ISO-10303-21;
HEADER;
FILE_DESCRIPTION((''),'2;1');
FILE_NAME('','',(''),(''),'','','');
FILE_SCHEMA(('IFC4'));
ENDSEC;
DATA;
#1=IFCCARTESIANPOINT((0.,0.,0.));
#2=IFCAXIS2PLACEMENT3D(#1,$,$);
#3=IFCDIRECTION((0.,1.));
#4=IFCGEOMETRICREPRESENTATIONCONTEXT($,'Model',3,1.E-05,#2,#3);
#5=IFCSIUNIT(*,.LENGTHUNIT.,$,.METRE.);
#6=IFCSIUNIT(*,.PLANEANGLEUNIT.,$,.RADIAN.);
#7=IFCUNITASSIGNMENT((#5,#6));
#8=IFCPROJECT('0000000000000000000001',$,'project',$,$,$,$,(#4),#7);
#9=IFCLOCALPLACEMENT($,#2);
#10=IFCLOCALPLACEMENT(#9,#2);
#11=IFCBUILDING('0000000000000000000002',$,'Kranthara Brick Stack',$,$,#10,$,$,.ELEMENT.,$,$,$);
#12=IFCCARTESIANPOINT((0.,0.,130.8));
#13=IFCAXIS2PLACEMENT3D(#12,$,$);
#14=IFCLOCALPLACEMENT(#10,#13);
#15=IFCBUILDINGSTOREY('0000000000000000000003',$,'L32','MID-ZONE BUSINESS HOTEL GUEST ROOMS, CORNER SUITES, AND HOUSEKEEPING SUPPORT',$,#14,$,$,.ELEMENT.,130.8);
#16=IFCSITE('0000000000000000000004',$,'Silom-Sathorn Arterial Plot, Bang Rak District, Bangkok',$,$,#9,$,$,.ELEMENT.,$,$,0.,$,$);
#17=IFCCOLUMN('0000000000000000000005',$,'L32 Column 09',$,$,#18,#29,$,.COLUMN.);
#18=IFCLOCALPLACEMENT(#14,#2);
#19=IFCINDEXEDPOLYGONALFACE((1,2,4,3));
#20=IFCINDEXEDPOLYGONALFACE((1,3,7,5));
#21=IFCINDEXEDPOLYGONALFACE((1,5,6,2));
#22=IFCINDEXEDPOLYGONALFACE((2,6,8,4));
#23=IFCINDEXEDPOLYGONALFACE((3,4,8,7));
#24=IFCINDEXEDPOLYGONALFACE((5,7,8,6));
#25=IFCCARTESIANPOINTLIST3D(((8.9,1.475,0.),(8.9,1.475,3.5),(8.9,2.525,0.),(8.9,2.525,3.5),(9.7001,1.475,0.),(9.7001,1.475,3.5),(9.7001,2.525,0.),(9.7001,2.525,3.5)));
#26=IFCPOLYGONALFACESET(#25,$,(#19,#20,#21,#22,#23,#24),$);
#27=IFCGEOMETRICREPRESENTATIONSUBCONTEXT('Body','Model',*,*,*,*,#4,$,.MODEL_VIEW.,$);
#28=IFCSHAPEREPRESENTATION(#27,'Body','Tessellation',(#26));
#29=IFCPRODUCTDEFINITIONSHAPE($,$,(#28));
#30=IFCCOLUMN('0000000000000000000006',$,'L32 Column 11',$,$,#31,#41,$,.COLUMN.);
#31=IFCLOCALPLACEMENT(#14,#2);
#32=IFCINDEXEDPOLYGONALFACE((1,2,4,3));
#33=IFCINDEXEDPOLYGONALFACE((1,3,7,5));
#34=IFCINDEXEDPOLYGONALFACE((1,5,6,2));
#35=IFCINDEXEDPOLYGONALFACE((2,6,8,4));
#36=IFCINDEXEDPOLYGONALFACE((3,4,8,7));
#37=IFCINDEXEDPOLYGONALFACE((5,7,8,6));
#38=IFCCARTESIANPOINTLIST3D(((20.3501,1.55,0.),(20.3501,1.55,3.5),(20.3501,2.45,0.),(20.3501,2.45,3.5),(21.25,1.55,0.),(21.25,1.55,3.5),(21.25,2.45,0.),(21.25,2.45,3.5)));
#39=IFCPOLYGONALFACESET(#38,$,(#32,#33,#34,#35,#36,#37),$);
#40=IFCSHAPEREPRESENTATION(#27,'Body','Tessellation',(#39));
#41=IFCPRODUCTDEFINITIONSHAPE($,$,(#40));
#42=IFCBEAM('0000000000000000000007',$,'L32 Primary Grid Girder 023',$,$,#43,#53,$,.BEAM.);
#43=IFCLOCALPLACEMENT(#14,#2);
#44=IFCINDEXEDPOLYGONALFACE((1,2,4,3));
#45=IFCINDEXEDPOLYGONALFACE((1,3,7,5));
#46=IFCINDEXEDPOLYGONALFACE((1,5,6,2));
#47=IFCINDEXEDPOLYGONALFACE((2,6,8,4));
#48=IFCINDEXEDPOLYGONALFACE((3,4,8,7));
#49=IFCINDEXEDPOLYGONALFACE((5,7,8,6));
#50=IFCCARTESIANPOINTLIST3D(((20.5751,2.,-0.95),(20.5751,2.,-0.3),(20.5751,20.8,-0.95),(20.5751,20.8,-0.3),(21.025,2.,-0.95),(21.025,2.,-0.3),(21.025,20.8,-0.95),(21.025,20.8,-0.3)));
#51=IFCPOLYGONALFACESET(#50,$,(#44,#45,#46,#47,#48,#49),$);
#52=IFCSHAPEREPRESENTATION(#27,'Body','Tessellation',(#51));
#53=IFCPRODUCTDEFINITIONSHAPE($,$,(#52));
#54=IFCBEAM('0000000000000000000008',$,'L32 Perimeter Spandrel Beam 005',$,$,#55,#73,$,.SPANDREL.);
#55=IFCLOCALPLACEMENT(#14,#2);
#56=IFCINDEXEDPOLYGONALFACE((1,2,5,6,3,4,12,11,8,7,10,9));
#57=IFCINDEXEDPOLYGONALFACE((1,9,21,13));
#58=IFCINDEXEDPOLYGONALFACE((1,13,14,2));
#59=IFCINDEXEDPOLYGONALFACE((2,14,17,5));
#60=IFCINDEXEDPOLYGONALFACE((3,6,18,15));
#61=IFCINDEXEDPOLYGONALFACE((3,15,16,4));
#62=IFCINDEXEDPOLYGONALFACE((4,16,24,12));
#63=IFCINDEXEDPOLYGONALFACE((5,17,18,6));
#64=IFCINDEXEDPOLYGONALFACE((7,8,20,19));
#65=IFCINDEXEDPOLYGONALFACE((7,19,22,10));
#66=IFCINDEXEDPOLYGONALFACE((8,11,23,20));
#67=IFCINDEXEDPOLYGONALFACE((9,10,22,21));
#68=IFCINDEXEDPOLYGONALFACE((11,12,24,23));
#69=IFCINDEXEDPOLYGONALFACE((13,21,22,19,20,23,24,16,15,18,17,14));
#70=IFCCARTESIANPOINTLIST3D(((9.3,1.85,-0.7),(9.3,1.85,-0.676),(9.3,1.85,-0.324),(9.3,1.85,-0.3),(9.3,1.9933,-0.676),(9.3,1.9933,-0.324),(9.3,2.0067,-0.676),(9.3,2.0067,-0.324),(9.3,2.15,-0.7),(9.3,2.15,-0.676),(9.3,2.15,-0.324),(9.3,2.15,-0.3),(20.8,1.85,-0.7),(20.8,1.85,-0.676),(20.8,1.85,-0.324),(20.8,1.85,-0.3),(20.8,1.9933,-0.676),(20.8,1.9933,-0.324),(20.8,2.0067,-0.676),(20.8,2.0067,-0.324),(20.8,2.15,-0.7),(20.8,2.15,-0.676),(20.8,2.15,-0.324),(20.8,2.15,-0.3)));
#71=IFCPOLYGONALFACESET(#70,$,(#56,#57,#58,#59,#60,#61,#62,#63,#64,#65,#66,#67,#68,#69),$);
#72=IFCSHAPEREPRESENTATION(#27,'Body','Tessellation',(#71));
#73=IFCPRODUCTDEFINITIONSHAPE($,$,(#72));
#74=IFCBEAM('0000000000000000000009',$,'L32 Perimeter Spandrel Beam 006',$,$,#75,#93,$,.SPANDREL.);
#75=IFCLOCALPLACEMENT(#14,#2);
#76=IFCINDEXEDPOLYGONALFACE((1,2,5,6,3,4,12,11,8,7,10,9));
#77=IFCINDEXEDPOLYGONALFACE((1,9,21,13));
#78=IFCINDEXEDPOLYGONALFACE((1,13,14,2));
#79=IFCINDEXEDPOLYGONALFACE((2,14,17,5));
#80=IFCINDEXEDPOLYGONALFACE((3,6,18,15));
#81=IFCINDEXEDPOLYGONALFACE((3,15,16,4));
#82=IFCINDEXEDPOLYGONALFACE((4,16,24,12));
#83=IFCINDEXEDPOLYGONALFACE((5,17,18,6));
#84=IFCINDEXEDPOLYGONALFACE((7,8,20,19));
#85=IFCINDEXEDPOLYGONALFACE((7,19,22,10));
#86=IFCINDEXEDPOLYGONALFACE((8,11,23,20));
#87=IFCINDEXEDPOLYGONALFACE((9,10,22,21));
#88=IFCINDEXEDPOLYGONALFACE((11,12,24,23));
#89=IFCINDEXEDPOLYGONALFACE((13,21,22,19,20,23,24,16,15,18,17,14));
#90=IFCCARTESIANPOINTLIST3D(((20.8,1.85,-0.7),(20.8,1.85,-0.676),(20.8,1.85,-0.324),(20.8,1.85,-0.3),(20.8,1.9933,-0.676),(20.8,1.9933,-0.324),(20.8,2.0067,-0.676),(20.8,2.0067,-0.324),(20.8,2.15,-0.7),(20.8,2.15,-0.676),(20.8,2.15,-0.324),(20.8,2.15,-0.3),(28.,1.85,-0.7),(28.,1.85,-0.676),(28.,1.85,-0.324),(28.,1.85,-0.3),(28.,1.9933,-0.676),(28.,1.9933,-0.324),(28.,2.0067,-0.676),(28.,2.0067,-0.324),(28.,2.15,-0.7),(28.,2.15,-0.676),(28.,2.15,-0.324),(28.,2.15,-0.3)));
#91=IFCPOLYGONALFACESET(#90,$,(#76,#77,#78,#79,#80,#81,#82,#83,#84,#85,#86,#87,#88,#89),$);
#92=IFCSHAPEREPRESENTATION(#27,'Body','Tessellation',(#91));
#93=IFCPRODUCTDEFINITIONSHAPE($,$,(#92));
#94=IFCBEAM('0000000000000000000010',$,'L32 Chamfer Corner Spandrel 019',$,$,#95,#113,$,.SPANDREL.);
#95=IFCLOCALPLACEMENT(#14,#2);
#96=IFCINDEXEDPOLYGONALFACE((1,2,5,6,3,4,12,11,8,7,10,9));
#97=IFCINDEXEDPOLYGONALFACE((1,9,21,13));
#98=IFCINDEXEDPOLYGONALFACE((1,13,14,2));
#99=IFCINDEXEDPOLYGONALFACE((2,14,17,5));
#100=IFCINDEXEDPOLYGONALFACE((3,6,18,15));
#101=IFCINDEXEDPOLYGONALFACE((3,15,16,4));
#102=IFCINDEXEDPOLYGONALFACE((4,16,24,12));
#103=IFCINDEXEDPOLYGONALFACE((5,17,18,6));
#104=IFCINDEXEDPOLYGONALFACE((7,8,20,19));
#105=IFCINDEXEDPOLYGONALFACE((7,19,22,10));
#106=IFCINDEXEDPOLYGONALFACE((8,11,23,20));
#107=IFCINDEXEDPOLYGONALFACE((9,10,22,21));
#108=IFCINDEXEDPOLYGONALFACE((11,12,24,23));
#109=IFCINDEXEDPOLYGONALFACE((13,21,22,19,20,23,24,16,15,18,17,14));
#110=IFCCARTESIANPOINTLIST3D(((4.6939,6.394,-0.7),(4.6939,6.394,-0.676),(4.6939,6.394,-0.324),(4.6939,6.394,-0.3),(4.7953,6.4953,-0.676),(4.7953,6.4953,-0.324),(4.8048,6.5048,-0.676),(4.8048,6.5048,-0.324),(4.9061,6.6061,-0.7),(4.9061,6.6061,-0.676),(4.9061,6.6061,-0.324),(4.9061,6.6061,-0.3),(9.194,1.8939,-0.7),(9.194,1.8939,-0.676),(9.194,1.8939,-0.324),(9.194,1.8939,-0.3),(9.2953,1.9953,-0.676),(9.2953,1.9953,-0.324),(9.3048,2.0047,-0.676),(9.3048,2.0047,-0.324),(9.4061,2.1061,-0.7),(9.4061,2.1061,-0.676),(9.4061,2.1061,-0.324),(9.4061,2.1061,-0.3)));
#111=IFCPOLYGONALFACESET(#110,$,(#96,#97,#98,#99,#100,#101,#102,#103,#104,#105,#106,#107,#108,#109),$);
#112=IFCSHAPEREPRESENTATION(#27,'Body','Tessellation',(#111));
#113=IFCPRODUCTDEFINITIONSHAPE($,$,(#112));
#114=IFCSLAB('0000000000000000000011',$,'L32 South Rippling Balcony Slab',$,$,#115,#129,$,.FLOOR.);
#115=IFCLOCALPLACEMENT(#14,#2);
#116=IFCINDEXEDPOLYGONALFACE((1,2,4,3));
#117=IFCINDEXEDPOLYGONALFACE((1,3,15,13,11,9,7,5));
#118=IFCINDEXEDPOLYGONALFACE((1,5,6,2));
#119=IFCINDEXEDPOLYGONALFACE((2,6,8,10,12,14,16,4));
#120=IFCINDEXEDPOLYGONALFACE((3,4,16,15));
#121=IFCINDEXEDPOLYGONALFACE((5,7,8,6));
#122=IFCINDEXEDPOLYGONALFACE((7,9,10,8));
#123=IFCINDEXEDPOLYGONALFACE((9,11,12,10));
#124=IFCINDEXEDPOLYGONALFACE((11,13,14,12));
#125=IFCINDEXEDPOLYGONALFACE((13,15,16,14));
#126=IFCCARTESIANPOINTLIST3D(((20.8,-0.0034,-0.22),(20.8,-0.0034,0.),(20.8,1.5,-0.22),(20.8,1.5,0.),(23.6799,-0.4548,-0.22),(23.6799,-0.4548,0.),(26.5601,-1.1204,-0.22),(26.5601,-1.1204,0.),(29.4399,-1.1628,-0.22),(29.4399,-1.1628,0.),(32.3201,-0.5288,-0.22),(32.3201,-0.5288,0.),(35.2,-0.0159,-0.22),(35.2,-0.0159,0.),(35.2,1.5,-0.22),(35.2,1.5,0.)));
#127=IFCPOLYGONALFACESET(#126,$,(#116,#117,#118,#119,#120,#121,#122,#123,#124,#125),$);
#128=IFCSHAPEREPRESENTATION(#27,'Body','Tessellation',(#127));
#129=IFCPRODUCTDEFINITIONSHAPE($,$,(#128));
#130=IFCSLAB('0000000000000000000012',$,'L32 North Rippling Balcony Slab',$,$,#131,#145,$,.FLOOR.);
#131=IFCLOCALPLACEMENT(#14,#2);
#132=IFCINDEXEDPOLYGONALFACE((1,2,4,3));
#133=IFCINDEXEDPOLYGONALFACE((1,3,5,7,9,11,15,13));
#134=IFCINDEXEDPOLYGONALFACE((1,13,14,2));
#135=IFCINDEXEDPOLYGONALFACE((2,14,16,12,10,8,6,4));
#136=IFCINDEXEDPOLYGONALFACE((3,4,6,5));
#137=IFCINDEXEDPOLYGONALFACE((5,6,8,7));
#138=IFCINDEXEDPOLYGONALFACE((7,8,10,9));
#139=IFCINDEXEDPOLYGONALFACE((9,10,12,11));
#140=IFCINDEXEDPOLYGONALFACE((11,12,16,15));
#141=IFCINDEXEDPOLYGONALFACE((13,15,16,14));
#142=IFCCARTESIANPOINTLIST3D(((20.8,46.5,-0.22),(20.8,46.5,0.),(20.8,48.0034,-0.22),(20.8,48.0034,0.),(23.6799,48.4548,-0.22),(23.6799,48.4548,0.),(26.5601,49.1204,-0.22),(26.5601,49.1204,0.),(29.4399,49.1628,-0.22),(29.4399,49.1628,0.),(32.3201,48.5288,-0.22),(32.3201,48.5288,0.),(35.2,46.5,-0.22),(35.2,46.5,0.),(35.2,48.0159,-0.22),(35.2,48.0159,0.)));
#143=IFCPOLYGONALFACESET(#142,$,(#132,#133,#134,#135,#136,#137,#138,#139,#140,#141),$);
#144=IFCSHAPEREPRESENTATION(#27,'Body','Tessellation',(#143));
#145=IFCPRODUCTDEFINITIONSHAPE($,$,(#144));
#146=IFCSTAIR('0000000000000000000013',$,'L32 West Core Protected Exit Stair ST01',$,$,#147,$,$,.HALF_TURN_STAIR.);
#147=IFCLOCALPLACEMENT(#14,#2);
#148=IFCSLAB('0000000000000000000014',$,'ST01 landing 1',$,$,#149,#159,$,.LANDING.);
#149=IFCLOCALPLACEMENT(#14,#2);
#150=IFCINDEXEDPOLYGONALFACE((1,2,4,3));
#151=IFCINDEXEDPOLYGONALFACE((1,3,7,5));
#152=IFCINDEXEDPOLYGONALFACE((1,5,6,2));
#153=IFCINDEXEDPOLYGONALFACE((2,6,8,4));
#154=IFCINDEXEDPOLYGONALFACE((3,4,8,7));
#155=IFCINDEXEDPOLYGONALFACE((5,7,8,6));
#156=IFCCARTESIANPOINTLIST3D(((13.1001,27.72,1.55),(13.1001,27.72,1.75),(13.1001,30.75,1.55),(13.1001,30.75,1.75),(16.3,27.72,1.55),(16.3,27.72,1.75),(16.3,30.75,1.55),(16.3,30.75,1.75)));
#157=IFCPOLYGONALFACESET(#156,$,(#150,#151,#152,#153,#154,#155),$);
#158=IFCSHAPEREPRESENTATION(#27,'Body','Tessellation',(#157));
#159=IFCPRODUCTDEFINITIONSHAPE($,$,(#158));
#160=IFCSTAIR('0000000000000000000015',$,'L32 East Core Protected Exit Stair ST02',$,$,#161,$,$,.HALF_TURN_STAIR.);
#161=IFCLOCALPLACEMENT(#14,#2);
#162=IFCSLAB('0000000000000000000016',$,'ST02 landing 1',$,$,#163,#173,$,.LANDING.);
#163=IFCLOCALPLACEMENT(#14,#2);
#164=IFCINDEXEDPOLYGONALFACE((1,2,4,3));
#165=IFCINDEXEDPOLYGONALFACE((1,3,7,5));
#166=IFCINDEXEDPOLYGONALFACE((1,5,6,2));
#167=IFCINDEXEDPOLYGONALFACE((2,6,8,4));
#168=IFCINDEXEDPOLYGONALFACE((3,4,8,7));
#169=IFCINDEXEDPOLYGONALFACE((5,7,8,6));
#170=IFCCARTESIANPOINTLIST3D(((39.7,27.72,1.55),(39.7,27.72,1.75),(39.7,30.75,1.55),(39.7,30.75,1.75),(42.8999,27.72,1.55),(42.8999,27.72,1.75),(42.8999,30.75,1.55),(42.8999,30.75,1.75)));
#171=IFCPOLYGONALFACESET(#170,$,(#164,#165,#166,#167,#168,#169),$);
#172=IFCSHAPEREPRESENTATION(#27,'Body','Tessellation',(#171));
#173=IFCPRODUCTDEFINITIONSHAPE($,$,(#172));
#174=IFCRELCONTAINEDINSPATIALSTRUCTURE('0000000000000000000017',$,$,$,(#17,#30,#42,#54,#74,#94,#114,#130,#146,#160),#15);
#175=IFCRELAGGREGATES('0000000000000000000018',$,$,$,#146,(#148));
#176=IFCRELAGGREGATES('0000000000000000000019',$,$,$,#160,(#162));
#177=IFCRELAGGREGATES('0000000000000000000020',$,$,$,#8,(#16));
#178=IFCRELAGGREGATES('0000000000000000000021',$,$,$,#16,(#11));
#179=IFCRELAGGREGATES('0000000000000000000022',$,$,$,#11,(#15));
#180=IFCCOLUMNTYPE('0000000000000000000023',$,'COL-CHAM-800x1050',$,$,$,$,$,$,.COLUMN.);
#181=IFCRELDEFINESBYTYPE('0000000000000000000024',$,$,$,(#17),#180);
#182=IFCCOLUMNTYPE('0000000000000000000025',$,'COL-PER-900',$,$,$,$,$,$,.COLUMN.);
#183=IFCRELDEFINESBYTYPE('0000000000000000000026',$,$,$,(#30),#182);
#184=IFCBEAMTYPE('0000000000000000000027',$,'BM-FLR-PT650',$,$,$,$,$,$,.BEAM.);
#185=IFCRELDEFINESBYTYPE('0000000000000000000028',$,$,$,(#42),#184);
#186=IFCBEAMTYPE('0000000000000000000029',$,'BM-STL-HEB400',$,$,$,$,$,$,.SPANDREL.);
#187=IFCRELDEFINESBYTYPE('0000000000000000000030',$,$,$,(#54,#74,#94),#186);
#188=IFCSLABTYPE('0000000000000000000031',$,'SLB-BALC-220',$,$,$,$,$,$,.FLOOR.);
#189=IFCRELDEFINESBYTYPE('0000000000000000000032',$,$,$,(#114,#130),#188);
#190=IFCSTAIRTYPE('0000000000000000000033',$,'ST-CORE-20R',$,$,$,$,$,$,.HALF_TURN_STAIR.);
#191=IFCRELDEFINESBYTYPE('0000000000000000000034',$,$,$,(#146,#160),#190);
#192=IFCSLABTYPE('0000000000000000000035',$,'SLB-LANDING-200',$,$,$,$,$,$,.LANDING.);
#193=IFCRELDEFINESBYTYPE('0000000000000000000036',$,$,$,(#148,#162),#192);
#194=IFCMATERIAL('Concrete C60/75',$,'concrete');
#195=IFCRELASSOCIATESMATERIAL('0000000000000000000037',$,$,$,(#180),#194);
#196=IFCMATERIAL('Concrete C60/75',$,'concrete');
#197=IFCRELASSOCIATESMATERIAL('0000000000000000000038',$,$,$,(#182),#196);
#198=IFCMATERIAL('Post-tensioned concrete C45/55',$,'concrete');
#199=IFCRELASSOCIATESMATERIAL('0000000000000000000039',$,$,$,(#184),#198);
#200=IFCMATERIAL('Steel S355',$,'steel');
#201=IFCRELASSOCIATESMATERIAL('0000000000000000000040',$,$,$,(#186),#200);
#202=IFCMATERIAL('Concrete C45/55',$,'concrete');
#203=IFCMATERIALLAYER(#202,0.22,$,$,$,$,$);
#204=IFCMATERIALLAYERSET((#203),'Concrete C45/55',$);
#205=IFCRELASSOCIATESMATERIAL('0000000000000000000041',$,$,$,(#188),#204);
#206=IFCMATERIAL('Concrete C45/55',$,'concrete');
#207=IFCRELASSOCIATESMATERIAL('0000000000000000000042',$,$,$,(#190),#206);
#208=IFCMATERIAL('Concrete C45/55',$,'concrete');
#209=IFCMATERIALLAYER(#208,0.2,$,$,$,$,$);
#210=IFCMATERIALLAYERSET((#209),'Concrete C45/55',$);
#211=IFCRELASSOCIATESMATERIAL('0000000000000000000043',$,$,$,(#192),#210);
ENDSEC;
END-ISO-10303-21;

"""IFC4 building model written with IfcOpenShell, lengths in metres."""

from ifc_helpers import new_model, si_unit, direction, frame, origin, origin_2d, place, context, subcontext, project, spatial, polyline, rectangle, i_section, outline, extrude, material, layer, layer_set, material_profile, profile_set, type_object, element, aggregate, save


model = new_model("IFC4")

# Units and contexts
model_context = context("Model", 3, precision=1e-05, world=origin(), true_north=direction((0.0, 1.0)))
body_context = subcontext(model_context, "Body", "Model", "MODEL_VIEW")
ifc_project = project(units=[si_unit("LENGTHUNIT", "METRE"), si_unit("PLANEANGLEUNIT", "RADIAN")], contexts=[model_context])

# Site, building, storey
site_placement = place(None, origin())
site = spatial("IfcSite", under=ifc_project, at=site_placement, Name="Silom-Sathorn Arterial Plot, Bang Rak District, Bangkok", CompositionType="ELEMENT", RefElevation=0.0)
building_placement = place(site_placement, origin())
building = spatial("IfcBuilding", under=site, at=building_placement, Name="Kranthara Brick Stack", CompositionType="ELEMENT")
storey_placement = place(building_placement, frame((0.0, 0.0, 130.8)))
storey = spatial("IfcBuildingStorey", under=building, at=storey_placement, Name="L32", Description="MID-ZONE BUSINESS HOTEL GUEST ROOMS, CORNER SUITES, AND HOUSEKEEPING SUPPORT", CompositionType="ELEMENT", Elevation=130.8)

# Columns
ifc_material_1 = material(Name="Concrete C60/75", Category="concrete")
ifc_material_profile_1 = material_profile(ifc_material_1, rectangle(XDim=0.8, YDim=1.05, at=origin_2d()), Name="RC 800x1050")
ifc_profile_set_1 = profile_set([ifc_material_profile_1], Name="Concrete C60/75")
column_type_1 = type_object("IfcColumnType", Name="COL-CHAM-800x1050", PredefinedType="COLUMN", material=ifc_profile_set_1)
column_1_placement = place(storey_placement, frame((9.3, 2.0, 0.0), z_axis=(0.0, 0.0, 1.0), x_axis=(1.0, 0.0, 0.0)))
element("IfcColumn", 1, at=column_1_placement, inside=storey, type_object=column_type_1, Name="L32 Column 09", PredefinedType="COLUMN", context=body_context, shape_type="SweptSolid", body=[
    extrude(rectangle(XDim=0.8, YDim=1.05, at=origin_2d()), origin(), (0.0, 0.0, 1.0), 3.5),
])
ifc_material_2 = material(Name="Concrete C60/75", Category="concrete")
ifc_material_profile_2 = material_profile(ifc_material_2, rectangle(XDim=0.8999, YDim=0.8999, at=origin_2d()), Name="RC 900x900")
ifc_profile_set_2 = profile_set([ifc_material_profile_2], Name="Concrete C60/75")
column_type_2 = type_object("IfcColumnType", Name="COL-PER-900", PredefinedType="COLUMN", material=ifc_profile_set_2)
column_2_placement = place(storey_placement, frame((20.8, 2.0, 0.0), z_axis=(0.0, 0.0, 1.0), x_axis=(1.0, 0.0, 0.0)))
element("IfcColumn", 2, at=column_2_placement, inside=storey, type_object=column_type_2, Name="L32 Column 11", PredefinedType="COLUMN", context=body_context, shape_type="SweptSolid", body=[
    extrude(rectangle(XDim=0.8999, YDim=0.8999, at=origin_2d()), origin(), (0.0, 0.0, 1.0), 3.5),
])

# Beams
ifc_material_3 = material(Name="Post-tensioned concrete C45/55", Category="concrete")
ifc_material_profile_3 = material_profile(ifc_material_3, rectangle(XDim=0.45, YDim=0.6499, at=origin_2d()), Name="PT 450x650")
ifc_profile_set_3 = profile_set([ifc_material_profile_3], Name="Post-tensioned concrete C45/55")
beam_type_1 = type_object("IfcBeamType", Name="BM-FLR-PT650", PredefinedType="BEAM", material=ifc_profile_set_3)
beam_1_placement = place(storey_placement, frame((20.8, 2.0, -0.625), z_axis=(0.0, 1.0, 0.0), x_axis=(-1.0, 0.0, 0.0)))
element("IfcBeam", 3, at=beam_1_placement, inside=storey, type_object=beam_type_1, Name="L32 Primary Grid Girder 023", PredefinedType="BEAM", context=body_context, shape_type="SweptSolid", body=[
    extrude(rectangle(XDim=0.45, YDim=0.6499, at=origin_2d()), origin(), (0.0, 0.0, 1.0), 18.8),
])
ifc_material_4 = material(Name="Steel S355", Category="steel")
ifc_material_profile_4 = material_profile(ifc_material_4, i_section(OverallWidth=0.3, OverallDepth=0.3999, WebThickness=0.0134, FlangeThickness=0.0239, at=origin_2d()), Name="HEB 400")
ifc_profile_set_4 = profile_set([ifc_material_profile_4], Name="Steel S355")
beam_type_2 = type_object("IfcBeamType", Name="BM-STL-HEB400", PredefinedType="SPANDREL", material=ifc_profile_set_4)
beam_2_placement = place(storey_placement, frame((9.3, 2.0, -0.5), z_axis=(1.0, 0.0, 0.0), x_axis=(0.0, 1.0, 0.0)))
element("IfcBeam", 4, at=beam_2_placement, inside=storey, type_object=beam_type_2, Name="L32 Perimeter Spandrel Beam 005", PredefinedType="SPANDREL", context=body_context, shape_type="SweptSolid", body=[
    extrude(i_section(OverallWidth=0.3, OverallDepth=0.3999, WebThickness=0.0134, FlangeThickness=0.0239, at=origin_2d()), origin(), (0.0, 0.0, 1.0), 11.5),
])
beam_3_placement = place(storey_placement, frame((20.8, 2.0, -0.5), z_axis=(1.0, 0.0, 0.0), x_axis=(0.0, 1.0, 0.0)))
element("IfcBeam", 5, at=beam_3_placement, inside=storey, type_object=beam_type_2, Name="L32 Perimeter Spandrel Beam 006", PredefinedType="SPANDREL", context=body_context, shape_type="SweptSolid", body=[
    extrude(i_section(OverallWidth=0.3, OverallDepth=0.3999, WebThickness=0.0134, FlangeThickness=0.0239, at=origin_2d()), origin(), (0.0, 0.0, 1.0), 7.2),
])
beam_4_placement = place(storey_placement, frame((9.3, 2.0, -0.5), z_axis=(-0.707107, 0.707107, 0.0), x_axis=(-0.707107, -0.707107, 0.0)))
element("IfcBeam", 6, at=beam_4_placement, inside=storey, type_object=beam_type_2, Name="L32 Chamfer Corner Spandrel 019", PredefinedType="SPANDREL", context=body_context, shape_type="SweptSolid", body=[
    extrude(i_section(OverallWidth=0.3, OverallDepth=0.3999, WebThickness=0.0134, FlangeThickness=0.0239, at=origin_2d()), origin(), (0.0, 0.0, 1.0), 6.364),
])

# Slabs
ifc_material_5 = material(Name="Concrete C45/55", Category="concrete")
ifc_layer_1 = layer(ifc_material_5, 0.22)
ifc_layer_set_1 = layer_set([ifc_layer_1], Name="Concrete C45/55")
slab_type_1 = type_object("IfcSlabType", Name="SLB-BALC-220", PredefinedType="FLOOR", material=ifc_layer_set_1)
slab_1_placement = place(storey_placement, frame((0.0, 0.0, -0.22)))
element("IfcSlab", 7, at=slab_1_placement, inside=storey, type_object=slab_type_1, Name="L32 South Rippling Balcony Slab", PredefinedType="FLOOR", context=body_context, shape_type="SweptSolid", body=[
    extrude(outline(polyline([(20.8, 1.5), (35.2, 1.5), (35.2, -0.0159), (32.3201, -0.5288), (29.4399, -1.1628), (26.5601, -1.1204), (23.6799, -0.4548), (20.8, -0.0034), (20.8, 1.5)])), origin(), (0.0, 0.0, 1.0), 0.22),
])
slab_2_placement = place(storey_placement, frame((0.0, 0.0, -0.22)))
element("IfcSlab", 8, at=slab_2_placement, inside=storey, type_object=slab_type_1, Name="L32 North Rippling Balcony Slab", PredefinedType="FLOOR", context=body_context, shape_type="SweptSolid", body=[
    extrude(outline(polyline([(35.2, 46.5), (20.8, 46.5), (20.8, 48.0034), (23.6799, 48.4548), (26.5601, 49.1204), (29.4399, 49.1628), (32.3201, 48.5288), (35.2, 48.0159), (35.2, 46.5)])), origin(), (0.0, 0.0, 1.0), 0.22),
])

# Stairs, slabs
ifc_material_6 = material(Name="Concrete C45/55", Category="concrete")
stair_type = type_object("IfcStairType", Name="ST-CORE-20R", PredefinedType="HALF_TURN_STAIR", material=ifc_material_6)
stair_1_placement = place(storey_placement, origin())
stair_1 = element("IfcStair", 9, at=stair_1_placement, inside=storey, type_object=stair_type, Name="L32 West Core Protected Exit Stair ST01", PredefinedType="HALF_TURN_STAIR")
ifc_material_7 = material(Name="Concrete C45/55", Category="concrete")
ifc_layer_2 = layer(ifc_material_7, 0.2)
ifc_layer_set_2 = layer_set([ifc_layer_2], Name="Concrete C45/55")
slab_type_2 = type_object("IfcSlabType", Name="SLB-LANDING-200", PredefinedType="LANDING", material=ifc_layer_set_2)
slab_3_placement = place(storey_placement, frame((0.0, 0.0, 1.55)))
slab_3 = element("IfcSlab", 10, at=slab_3_placement, type_object=slab_type_2, Name="ST01 landing 1", PredefinedType="LANDING", context=body_context, shape_type="SweptSolid", body=[
    extrude(outline(polyline([(16.3, 27.72), (16.3, 30.75), (13.1001, 30.75), (13.1001, 27.72), (16.3, 27.72)])), origin(), (0.0, 0.0, 1.0), 0.2),
])
aggregate(stair_1, [slab_3])
stair_2_placement = place(storey_placement, origin())
stair_2 = element("IfcStair", 11, at=stair_2_placement, inside=storey, type_object=stair_type, Name="L32 East Core Protected Exit Stair ST02", PredefinedType="HALF_TURN_STAIR")
slab_4_placement = place(storey_placement, frame((0.0, 0.0, 1.55)))
slab_4 = element("IfcSlab", 12, at=slab_4_placement, type_object=slab_type_2, Name="ST02 landing 1", PredefinedType="LANDING", context=body_context, shape_type="SweptSolid", body=[
    extrude(outline(polyline([(42.8999, 27.72), (42.8999, 30.75), (39.7, 30.75), (39.7, 27.72), (42.8999, 27.72)])), origin(), (0.0, 0.0, 1.0), 0.2),
])
aggregate(stair_2, [slab_4])

save(model, "model.ifc")
